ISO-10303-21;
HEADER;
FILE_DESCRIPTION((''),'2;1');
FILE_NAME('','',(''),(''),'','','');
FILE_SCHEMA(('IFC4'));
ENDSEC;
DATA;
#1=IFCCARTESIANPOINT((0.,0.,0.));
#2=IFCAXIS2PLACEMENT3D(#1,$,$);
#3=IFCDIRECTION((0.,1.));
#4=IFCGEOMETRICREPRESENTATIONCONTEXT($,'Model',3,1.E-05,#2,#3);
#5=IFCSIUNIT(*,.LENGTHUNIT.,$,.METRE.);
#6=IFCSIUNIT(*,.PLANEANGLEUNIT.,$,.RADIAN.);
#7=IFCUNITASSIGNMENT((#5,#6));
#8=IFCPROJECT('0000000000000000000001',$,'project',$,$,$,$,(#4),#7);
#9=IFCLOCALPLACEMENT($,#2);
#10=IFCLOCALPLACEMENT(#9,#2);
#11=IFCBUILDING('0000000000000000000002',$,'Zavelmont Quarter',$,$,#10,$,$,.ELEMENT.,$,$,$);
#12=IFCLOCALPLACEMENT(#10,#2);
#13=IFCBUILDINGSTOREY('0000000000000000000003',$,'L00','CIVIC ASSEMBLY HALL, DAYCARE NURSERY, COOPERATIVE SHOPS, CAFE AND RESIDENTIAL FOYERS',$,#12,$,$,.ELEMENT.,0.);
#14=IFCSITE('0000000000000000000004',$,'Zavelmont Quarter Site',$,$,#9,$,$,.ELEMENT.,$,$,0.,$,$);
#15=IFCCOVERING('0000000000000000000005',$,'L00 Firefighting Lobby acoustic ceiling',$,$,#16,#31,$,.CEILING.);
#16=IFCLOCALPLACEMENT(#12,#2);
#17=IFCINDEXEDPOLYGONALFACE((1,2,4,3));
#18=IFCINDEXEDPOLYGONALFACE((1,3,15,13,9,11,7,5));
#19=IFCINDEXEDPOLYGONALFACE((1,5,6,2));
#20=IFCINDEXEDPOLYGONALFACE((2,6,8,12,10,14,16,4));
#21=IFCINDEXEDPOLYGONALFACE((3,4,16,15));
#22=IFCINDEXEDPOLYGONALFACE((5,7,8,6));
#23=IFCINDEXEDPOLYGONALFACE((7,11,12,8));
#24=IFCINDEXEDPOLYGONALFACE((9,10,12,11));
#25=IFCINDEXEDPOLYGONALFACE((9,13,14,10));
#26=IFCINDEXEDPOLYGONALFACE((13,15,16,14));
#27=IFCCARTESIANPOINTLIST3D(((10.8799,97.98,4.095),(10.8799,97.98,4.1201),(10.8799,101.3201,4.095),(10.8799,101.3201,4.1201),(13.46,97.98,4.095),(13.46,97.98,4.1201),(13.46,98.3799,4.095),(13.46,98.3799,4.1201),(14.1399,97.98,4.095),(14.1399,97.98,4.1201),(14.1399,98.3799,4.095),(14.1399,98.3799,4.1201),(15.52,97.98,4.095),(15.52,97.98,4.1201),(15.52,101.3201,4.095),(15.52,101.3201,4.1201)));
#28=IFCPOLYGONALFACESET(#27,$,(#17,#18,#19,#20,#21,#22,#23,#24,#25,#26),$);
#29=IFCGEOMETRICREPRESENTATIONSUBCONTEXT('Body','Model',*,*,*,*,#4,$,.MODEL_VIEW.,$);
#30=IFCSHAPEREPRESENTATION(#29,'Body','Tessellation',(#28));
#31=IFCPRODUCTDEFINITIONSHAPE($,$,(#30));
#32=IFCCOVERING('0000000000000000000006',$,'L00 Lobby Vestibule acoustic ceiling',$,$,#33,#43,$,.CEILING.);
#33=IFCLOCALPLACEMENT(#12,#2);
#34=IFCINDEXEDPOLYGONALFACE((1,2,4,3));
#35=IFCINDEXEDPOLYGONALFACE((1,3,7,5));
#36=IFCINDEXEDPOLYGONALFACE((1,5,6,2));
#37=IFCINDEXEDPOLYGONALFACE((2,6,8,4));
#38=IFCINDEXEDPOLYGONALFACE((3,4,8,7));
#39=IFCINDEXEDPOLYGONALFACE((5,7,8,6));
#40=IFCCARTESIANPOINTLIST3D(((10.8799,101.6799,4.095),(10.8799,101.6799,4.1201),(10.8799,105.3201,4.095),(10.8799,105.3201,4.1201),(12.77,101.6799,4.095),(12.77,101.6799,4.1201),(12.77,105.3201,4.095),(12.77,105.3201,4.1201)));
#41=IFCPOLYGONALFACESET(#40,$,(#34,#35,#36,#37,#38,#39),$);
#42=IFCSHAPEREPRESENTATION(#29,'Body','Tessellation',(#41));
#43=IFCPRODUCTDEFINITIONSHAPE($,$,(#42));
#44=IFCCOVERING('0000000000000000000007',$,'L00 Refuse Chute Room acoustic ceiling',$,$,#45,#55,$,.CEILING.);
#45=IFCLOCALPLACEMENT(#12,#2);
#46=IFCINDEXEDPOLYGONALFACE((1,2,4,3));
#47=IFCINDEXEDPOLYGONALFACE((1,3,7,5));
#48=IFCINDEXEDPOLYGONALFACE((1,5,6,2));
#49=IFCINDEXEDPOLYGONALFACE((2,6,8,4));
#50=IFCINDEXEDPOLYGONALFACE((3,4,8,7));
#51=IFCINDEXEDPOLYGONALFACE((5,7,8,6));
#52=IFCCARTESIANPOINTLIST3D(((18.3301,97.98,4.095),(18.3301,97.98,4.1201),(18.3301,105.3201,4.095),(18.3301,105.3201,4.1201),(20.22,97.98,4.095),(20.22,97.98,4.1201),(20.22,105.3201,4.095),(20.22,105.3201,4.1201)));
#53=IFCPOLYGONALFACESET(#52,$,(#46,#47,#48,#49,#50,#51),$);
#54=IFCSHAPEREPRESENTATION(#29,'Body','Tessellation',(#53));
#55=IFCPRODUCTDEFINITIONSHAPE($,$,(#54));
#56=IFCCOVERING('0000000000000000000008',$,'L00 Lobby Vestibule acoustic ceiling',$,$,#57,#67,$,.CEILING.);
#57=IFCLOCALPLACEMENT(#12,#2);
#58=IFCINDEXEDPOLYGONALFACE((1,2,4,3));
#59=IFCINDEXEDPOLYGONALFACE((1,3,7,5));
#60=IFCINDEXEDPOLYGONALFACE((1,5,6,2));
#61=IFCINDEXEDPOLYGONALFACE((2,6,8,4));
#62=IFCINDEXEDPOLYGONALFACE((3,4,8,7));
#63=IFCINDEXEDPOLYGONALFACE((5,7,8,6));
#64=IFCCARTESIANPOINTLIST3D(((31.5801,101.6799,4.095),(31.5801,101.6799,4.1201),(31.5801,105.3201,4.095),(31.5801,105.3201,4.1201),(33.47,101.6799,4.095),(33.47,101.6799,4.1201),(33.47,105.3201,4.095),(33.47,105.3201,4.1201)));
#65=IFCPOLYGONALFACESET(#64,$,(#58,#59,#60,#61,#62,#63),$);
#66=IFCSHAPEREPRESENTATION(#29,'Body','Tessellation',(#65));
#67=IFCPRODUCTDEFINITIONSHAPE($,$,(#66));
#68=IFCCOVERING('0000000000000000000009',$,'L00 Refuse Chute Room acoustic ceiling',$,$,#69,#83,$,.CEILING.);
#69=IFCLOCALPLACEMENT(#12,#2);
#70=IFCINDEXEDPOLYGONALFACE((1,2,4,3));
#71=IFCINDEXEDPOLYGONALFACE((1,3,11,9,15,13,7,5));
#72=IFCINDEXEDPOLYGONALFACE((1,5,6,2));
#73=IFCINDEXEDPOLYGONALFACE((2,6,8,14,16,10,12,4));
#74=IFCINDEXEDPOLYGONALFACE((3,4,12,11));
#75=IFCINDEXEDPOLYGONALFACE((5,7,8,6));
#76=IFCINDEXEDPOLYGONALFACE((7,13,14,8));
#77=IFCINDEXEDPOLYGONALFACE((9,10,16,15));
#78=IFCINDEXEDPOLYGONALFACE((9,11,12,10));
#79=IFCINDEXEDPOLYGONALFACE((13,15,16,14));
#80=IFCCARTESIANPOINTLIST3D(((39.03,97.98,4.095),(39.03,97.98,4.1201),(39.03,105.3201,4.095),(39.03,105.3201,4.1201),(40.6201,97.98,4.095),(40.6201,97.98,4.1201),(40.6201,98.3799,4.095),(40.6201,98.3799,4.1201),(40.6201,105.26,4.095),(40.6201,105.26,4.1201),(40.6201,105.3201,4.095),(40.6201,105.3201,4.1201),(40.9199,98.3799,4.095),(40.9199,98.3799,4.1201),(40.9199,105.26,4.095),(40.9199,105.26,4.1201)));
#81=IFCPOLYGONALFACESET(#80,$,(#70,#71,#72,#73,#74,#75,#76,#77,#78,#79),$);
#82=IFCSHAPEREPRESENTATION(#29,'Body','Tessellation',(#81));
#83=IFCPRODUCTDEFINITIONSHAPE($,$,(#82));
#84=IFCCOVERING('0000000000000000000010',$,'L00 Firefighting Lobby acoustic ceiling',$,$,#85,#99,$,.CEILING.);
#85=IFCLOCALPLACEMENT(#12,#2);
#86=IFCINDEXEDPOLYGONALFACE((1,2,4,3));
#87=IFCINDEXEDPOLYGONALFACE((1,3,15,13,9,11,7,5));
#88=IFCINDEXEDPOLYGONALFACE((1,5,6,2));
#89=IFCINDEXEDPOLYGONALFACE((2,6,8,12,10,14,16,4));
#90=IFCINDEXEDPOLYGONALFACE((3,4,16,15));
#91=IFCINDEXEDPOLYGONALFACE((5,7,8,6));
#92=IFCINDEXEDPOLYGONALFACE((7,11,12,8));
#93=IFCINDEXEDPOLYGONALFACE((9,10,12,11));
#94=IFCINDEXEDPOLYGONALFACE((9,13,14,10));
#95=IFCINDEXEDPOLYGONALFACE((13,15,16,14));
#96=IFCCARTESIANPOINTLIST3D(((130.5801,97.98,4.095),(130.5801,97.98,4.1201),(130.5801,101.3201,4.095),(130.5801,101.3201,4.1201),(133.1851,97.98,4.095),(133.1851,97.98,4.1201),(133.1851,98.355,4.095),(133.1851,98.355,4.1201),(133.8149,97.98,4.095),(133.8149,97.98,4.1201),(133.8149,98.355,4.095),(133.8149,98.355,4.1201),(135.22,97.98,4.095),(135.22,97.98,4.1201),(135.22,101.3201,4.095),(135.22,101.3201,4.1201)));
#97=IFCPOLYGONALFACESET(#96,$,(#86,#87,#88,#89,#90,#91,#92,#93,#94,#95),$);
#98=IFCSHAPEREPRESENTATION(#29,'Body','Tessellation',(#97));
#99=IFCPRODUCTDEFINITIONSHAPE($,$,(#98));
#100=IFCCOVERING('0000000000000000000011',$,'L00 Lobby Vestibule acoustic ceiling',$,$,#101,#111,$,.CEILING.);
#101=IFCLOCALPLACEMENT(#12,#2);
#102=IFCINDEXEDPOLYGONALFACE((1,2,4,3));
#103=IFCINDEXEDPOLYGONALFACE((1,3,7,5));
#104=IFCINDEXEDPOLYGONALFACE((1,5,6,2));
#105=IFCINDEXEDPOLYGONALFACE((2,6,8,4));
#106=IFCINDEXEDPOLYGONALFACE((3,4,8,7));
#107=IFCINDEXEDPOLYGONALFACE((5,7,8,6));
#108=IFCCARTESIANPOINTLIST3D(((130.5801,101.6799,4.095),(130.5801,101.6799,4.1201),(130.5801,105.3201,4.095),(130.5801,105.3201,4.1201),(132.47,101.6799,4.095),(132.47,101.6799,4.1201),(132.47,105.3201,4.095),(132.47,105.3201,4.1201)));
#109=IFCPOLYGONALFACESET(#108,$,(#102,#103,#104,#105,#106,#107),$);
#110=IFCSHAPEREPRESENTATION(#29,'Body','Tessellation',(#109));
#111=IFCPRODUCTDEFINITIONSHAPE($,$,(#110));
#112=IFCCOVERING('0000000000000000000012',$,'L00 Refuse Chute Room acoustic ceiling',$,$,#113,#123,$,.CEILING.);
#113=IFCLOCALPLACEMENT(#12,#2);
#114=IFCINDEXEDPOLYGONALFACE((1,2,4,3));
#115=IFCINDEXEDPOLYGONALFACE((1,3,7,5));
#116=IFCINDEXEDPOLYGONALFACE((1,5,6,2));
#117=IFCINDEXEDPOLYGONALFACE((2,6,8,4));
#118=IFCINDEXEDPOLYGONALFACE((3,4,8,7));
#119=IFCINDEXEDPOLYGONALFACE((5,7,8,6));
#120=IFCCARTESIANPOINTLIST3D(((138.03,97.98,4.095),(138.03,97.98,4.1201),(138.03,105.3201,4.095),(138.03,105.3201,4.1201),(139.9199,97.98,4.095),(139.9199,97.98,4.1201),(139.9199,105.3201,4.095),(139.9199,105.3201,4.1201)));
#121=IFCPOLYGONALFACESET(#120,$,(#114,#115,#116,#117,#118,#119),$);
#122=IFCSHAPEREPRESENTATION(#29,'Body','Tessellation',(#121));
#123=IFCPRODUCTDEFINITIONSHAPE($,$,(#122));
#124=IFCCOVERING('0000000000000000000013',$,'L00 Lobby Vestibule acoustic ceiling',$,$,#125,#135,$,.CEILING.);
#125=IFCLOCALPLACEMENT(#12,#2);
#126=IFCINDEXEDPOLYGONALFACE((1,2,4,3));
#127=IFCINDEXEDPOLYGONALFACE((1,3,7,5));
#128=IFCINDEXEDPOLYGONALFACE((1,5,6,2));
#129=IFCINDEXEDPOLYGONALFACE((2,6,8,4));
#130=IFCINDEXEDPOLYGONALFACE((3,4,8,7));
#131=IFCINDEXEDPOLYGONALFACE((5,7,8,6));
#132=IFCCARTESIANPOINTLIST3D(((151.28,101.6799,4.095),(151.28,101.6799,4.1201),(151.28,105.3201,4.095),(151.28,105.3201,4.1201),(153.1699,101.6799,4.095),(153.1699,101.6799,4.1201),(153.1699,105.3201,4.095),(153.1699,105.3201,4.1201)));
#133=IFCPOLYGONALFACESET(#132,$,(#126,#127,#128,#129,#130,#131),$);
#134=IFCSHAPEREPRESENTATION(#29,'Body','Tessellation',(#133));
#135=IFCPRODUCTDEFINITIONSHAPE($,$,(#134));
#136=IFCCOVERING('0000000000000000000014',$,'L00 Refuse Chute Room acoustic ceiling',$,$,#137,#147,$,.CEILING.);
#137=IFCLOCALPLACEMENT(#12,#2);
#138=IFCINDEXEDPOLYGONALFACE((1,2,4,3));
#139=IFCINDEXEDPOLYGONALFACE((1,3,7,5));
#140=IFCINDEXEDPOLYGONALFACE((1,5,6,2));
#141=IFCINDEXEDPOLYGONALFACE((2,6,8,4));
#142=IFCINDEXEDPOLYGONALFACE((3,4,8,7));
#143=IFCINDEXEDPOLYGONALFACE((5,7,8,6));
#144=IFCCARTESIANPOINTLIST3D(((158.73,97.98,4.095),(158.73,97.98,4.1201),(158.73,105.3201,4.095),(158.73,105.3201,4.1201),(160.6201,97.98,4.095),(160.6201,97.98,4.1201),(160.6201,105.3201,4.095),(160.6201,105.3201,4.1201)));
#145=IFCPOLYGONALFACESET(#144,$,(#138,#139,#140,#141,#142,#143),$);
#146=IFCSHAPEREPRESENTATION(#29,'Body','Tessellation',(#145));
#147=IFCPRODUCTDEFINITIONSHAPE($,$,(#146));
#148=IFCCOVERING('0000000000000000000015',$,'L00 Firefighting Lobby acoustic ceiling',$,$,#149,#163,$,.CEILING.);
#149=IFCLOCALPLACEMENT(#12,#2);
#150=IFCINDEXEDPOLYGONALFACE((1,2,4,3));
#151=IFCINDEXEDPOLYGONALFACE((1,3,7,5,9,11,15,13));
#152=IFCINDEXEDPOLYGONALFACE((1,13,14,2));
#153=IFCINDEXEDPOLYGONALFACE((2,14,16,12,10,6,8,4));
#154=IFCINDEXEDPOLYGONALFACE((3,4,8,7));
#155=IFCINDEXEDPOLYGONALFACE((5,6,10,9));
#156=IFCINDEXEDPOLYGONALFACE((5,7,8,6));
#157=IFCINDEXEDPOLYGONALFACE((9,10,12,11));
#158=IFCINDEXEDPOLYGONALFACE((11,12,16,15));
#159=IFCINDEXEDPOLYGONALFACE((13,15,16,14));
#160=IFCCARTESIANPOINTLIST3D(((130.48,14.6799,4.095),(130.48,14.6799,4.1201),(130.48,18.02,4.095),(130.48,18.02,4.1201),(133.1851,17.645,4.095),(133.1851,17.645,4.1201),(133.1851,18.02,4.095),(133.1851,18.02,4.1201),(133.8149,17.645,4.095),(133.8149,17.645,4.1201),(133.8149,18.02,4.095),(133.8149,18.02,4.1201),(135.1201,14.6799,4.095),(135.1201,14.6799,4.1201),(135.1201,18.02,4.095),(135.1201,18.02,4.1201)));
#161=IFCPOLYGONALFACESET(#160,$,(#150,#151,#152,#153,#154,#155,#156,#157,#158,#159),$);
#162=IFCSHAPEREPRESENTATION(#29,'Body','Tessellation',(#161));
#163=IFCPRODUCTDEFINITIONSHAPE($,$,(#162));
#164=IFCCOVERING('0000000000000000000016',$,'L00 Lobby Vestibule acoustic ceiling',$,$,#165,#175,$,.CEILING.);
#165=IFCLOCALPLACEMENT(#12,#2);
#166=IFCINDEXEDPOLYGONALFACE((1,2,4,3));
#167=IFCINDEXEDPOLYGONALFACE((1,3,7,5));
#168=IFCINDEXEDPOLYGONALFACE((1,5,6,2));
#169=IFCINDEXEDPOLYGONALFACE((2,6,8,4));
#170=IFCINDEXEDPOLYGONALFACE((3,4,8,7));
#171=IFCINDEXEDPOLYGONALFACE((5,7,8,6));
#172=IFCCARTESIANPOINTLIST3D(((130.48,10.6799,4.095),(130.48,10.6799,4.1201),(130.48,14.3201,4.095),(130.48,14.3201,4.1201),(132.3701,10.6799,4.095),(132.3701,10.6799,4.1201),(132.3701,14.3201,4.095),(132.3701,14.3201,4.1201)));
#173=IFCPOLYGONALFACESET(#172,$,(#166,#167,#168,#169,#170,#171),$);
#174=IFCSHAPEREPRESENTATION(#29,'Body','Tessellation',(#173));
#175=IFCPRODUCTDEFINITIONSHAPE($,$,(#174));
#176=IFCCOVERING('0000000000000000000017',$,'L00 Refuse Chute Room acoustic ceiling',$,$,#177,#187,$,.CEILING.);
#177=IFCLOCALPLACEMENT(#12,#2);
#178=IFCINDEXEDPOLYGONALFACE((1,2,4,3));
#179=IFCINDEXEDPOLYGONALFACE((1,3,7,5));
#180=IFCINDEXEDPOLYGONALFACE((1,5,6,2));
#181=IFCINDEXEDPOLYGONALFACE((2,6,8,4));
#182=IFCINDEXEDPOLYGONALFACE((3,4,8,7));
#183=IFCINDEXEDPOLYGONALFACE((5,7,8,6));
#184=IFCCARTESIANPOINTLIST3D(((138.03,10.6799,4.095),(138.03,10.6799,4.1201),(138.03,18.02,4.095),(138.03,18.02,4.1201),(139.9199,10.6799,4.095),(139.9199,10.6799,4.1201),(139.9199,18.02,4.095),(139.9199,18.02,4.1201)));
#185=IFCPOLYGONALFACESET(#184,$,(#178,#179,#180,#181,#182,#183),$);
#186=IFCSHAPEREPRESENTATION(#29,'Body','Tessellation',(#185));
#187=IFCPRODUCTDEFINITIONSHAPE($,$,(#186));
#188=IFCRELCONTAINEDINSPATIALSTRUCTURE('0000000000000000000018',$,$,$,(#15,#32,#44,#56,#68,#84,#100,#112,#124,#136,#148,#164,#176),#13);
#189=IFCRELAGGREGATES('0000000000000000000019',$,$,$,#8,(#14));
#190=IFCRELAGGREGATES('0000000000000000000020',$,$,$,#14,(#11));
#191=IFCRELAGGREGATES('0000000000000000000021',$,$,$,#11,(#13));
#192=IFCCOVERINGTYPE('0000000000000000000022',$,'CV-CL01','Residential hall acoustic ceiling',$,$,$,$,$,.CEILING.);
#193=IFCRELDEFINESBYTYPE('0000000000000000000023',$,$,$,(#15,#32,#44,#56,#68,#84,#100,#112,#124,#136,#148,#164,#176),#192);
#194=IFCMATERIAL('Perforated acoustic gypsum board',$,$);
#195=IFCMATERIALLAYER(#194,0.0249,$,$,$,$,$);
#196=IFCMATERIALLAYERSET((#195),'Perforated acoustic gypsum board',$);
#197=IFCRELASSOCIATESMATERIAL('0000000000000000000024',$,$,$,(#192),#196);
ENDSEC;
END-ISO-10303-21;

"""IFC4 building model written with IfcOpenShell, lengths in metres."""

from ifc_helpers import new_model, si_unit, direction, frame, origin, place, context, subcontext, project, spatial, polyline, outline, extrude, material, layer, layer_set, type_object, element, save


model = new_model("IFC4")

# Units and contexts
model_context = context("Model", 3, precision=1e-05, world=origin(), true_north=direction((0.0, 1.0)))
body_context = subcontext(model_context, "Body", "Model", "MODEL_VIEW")
ifc_project = project(units=[si_unit("LENGTHUNIT", "METRE"), si_unit("PLANEANGLEUNIT", "RADIAN")], contexts=[model_context])

# Site, building, storey
site_placement = place(None, origin())
site = spatial("IfcSite", under=ifc_project, at=site_placement, Name="Zavelmont Quarter Site", CompositionType="ELEMENT", RefElevation=0.0)
building_placement = place(site_placement, origin())
building = spatial("IfcBuilding", under=site, at=building_placement, Name="Zavelmont Quarter", CompositionType="ELEMENT")
storey_placement = place(building_placement, origin())
storey = spatial("IfcBuildingStorey", under=building, at=storey_placement, Name="L00", Description="CIVIC ASSEMBLY HALL, DAYCARE NURSERY, COOPERATIVE SHOPS, CAFE AND RESIDENTIAL FOYERS", CompositionType="ELEMENT", Elevation=0.0)

# Coverings
ifc_material_1 = material(Name="Perforated acoustic gypsum board")
ifc_layer_1 = layer(ifc_material_1, 0.0249)
ifc_layer_set_1 = layer_set([ifc_layer_1], Name="Perforated acoustic gypsum board")
covering_type_1 = type_object("IfcCoveringType", Name="CV-CL01", Description="Residential hall acoustic ceiling", PredefinedType="CEILING", material=ifc_layer_set_1)
covering_1_placement = place(storey_placement, frame((0.0, 0.0, 4.095)))
element("IfcCovering", 1, at=covering_1_placement, inside=storey, type_object=covering_type_1, Name="L00 Firefighting Lobby acoustic ceiling", PredefinedType="CEILING", context=body_context, shape_type="SweptSolid", body=[
    extrude(outline(polyline([(10.8799, 101.3201), (15.52, 101.3201), (15.52, 97.98), (14.1399, 97.98), (14.1399, 98.3799), (13.46, 98.3799), (13.46, 97.98), (10.8799, 97.98), (10.8799, 101.3201)])), origin(), (0.0, 0.0, 1.0), 0.0251),
])
covering_2_placement = place(storey_placement, frame((0.0, 0.0, 4.095)))
element("IfcCovering", 2, at=covering_2_placement, inside=storey, type_object=covering_type_1, Name="L00 Lobby Vestibule acoustic ceiling", PredefinedType="CEILING", context=body_context, shape_type="SweptSolid", body=[
    extrude(outline(polyline([(10.8799, 105.3201), (12.77, 105.3201), (12.77, 101.6799), (10.8799, 101.6799), (10.8799, 105.3201)])), origin(), (0.0, 0.0, 1.0), 0.0251),
])
covering_3_placement = place(storey_placement, frame((0.0, 0.0, 4.095)))
element("IfcCovering", 3, at=covering_3_placement, inside=storey, type_object=covering_type_1, Name="L00 Refuse Chute Room acoustic ceiling", PredefinedType="CEILING", context=body_context, shape_type="SweptSolid", body=[
    extrude(outline(polyline([(18.3301, 105.3201), (20.22, 105.3201), (20.22, 97.98), (18.3301, 97.98), (18.3301, 105.3201)])), origin(), (0.0, 0.0, 1.0), 0.0251),
])
covering_4_placement = place(storey_placement, frame((0.0, 0.0, 4.095)))
element("IfcCovering", 4, at=covering_4_placement, inside=storey, type_object=covering_type_1, Name="L00 Lobby Vestibule acoustic ceiling", PredefinedType="CEILING", context=body_context, shape_type="SweptSolid", body=[
    extrude(outline(polyline([(31.5801, 105.3201), (33.47, 105.3201), (33.47, 101.6799), (31.5801, 101.6799), (31.5801, 105.3201)])), origin(), (0.0, 0.0, 1.0), 0.0251),
])
covering_5_placement = place(storey_placement, frame((0.0, 0.0, 4.095)))
element("IfcCovering", 5, at=covering_5_placement, inside=storey, type_object=covering_type_1, Name="L00 Refuse Chute Room acoustic ceiling", PredefinedType="CEILING", context=body_context, shape_type="SweptSolid", body=[
    extrude(outline(polyline([(39.03, 105.3201), (40.6201, 105.3201), (40.6201, 105.26), (40.9199, 105.26), (40.9199, 98.3799), (40.6201, 98.3799), (40.6201, 97.98), (39.03, 97.98), (39.03, 105.3201)])), origin(), (0.0, 0.0, 1.0), 0.0251),
])
covering_6_placement = place(storey_placement, frame((0.0, 0.0, 4.095)))
element("IfcCovering", 6, at=covering_6_placement, inside=storey, type_object=covering_type_1, Name="L00 Firefighting Lobby acoustic ceiling", PredefinedType="CEILING", context=body_context, shape_type="SweptSolid", body=[
    extrude(outline(polyline([(130.5801, 101.3201), (135.22, 101.3201), (135.22, 97.98), (133.8149, 97.98), (133.8149, 98.355), (133.1851, 98.355), (133.1851, 97.98), (130.5801, 97.98), (130.5801, 101.3201)])), origin(), (0.0, 0.0, 1.0), 0.0251),
])
covering_7_placement = place(storey_placement, frame((0.0, 0.0, 4.095)))
element("IfcCovering", 7, at=covering_7_placement, inside=storey, type_object=covering_type_1, Name="L00 Lobby Vestibule acoustic ceiling", PredefinedType="CEILING", context=body_context, shape_type="SweptSolid", body=[
    extrude(outline(polyline([(130.5801, 105.3201), (132.47, 105.3201), (132.47, 101.6799), (130.5801, 101.6799), (130.5801, 105.3201)])), origin(), (0.0, 0.0, 1.0), 0.0251),
])
covering_8_placement = place(storey_placement, frame((0.0, 0.0, 4.095)))
element("IfcCovering", 8, at=covering_8_placement, inside=storey, type_object=covering_type_1, Name="L00 Refuse Chute Room acoustic ceiling", PredefinedType="CEILING", context=body_context, shape_type="SweptSolid", body=[
    extrude(outline(polyline([(138.03, 105.3201), (139.9199, 105.3201), (139.9199, 97.98), (138.03, 97.98), (138.03, 105.3201)])), origin(), (0.0, 0.0, 1.0), 0.0251),
])
covering_9_placement = place(storey_placement, frame((0.0, 0.0, 4.095)))
element("IfcCovering", 9, at=covering_9_placement, inside=storey, type_object=covering_type_1, Name="L00 Lobby Vestibule acoustic ceiling", PredefinedType="CEILING", context=body_context, shape_type="SweptSolid", body=[
    extrude(outline(polyline([(151.28, 105.3201), (153.1699, 105.3201), (153.1699, 101.6799), (151.28, 101.6799), (151.28, 105.3201)])), origin(), (0.0, 0.0, 1.0), 0.0251),
])
covering_10_placement = place(storey_placement, frame((0.0, 0.0, 4.095)))
element("IfcCovering", 10, at=covering_10_placement, inside=storey, type_object=covering_type_1, Name="L00 Refuse Chute Room acoustic ceiling", PredefinedType="CEILING", context=body_context, shape_type="SweptSolid", body=[
    extrude(outline(polyline([(158.73, 105.3201), (160.6201, 105.3201), (160.6201, 97.98), (158.73, 97.98), (158.73, 105.3201)])), origin(), (0.0, 0.0, 1.0), 0.0251),
])
covering_11_placement = place(storey_placement, frame((0.0, 0.0, 4.095)))
element("IfcCovering", 11, at=covering_11_placement, inside=storey, type_object=covering_type_1, Name="L00 Firefighting Lobby acoustic ceiling", PredefinedType="CEILING", context=body_context, shape_type="SweptSolid", body=[
    extrude(outline(polyline([(130.48, 18.02), (133.1851, 18.02), (133.1851, 17.645), (133.8149, 17.645), (133.8149, 18.02), (135.1201, 18.02), (135.1201, 14.6799), (130.48, 14.6799), (130.48, 18.02)])), origin(), (0.0, 0.0, 1.0), 0.0251),
])
covering_12_placement = place(storey_placement, frame((0.0, 0.0, 4.095)))
element("IfcCovering", 12, at=covering_12_placement, inside=storey, type_object=covering_type_1, Name="L00 Lobby Vestibule acoustic ceiling", PredefinedType="CEILING", context=body_context, shape_type="SweptSolid", body=[
    extrude(outline(polyline([(130.48, 14.3201), (132.3701, 14.3201), (132.3701, 10.6799), (130.48, 10.6799), (130.48, 14.3201)])), origin(), (0.0, 0.0, 1.0), 0.0251),
])
covering_13_placement = place(storey_placement, frame((0.0, 0.0, 4.095)))
element("IfcCovering", 13, at=covering_13_placement, inside=storey, type_object=covering_type_1, Name="L00 Refuse Chute Room acoustic ceiling", PredefinedType="CEILING", context=body_context, shape_type="SweptSolid", body=[
    extrude(outline(polyline([(138.03, 18.02), (139.9199, 18.02), (139.9199, 10.6799), (138.03, 10.6799), (138.03, 18.02)])), origin(), (0.0, 0.0, 1.0), 0.0251),
])

save(model, "model.ifc")
